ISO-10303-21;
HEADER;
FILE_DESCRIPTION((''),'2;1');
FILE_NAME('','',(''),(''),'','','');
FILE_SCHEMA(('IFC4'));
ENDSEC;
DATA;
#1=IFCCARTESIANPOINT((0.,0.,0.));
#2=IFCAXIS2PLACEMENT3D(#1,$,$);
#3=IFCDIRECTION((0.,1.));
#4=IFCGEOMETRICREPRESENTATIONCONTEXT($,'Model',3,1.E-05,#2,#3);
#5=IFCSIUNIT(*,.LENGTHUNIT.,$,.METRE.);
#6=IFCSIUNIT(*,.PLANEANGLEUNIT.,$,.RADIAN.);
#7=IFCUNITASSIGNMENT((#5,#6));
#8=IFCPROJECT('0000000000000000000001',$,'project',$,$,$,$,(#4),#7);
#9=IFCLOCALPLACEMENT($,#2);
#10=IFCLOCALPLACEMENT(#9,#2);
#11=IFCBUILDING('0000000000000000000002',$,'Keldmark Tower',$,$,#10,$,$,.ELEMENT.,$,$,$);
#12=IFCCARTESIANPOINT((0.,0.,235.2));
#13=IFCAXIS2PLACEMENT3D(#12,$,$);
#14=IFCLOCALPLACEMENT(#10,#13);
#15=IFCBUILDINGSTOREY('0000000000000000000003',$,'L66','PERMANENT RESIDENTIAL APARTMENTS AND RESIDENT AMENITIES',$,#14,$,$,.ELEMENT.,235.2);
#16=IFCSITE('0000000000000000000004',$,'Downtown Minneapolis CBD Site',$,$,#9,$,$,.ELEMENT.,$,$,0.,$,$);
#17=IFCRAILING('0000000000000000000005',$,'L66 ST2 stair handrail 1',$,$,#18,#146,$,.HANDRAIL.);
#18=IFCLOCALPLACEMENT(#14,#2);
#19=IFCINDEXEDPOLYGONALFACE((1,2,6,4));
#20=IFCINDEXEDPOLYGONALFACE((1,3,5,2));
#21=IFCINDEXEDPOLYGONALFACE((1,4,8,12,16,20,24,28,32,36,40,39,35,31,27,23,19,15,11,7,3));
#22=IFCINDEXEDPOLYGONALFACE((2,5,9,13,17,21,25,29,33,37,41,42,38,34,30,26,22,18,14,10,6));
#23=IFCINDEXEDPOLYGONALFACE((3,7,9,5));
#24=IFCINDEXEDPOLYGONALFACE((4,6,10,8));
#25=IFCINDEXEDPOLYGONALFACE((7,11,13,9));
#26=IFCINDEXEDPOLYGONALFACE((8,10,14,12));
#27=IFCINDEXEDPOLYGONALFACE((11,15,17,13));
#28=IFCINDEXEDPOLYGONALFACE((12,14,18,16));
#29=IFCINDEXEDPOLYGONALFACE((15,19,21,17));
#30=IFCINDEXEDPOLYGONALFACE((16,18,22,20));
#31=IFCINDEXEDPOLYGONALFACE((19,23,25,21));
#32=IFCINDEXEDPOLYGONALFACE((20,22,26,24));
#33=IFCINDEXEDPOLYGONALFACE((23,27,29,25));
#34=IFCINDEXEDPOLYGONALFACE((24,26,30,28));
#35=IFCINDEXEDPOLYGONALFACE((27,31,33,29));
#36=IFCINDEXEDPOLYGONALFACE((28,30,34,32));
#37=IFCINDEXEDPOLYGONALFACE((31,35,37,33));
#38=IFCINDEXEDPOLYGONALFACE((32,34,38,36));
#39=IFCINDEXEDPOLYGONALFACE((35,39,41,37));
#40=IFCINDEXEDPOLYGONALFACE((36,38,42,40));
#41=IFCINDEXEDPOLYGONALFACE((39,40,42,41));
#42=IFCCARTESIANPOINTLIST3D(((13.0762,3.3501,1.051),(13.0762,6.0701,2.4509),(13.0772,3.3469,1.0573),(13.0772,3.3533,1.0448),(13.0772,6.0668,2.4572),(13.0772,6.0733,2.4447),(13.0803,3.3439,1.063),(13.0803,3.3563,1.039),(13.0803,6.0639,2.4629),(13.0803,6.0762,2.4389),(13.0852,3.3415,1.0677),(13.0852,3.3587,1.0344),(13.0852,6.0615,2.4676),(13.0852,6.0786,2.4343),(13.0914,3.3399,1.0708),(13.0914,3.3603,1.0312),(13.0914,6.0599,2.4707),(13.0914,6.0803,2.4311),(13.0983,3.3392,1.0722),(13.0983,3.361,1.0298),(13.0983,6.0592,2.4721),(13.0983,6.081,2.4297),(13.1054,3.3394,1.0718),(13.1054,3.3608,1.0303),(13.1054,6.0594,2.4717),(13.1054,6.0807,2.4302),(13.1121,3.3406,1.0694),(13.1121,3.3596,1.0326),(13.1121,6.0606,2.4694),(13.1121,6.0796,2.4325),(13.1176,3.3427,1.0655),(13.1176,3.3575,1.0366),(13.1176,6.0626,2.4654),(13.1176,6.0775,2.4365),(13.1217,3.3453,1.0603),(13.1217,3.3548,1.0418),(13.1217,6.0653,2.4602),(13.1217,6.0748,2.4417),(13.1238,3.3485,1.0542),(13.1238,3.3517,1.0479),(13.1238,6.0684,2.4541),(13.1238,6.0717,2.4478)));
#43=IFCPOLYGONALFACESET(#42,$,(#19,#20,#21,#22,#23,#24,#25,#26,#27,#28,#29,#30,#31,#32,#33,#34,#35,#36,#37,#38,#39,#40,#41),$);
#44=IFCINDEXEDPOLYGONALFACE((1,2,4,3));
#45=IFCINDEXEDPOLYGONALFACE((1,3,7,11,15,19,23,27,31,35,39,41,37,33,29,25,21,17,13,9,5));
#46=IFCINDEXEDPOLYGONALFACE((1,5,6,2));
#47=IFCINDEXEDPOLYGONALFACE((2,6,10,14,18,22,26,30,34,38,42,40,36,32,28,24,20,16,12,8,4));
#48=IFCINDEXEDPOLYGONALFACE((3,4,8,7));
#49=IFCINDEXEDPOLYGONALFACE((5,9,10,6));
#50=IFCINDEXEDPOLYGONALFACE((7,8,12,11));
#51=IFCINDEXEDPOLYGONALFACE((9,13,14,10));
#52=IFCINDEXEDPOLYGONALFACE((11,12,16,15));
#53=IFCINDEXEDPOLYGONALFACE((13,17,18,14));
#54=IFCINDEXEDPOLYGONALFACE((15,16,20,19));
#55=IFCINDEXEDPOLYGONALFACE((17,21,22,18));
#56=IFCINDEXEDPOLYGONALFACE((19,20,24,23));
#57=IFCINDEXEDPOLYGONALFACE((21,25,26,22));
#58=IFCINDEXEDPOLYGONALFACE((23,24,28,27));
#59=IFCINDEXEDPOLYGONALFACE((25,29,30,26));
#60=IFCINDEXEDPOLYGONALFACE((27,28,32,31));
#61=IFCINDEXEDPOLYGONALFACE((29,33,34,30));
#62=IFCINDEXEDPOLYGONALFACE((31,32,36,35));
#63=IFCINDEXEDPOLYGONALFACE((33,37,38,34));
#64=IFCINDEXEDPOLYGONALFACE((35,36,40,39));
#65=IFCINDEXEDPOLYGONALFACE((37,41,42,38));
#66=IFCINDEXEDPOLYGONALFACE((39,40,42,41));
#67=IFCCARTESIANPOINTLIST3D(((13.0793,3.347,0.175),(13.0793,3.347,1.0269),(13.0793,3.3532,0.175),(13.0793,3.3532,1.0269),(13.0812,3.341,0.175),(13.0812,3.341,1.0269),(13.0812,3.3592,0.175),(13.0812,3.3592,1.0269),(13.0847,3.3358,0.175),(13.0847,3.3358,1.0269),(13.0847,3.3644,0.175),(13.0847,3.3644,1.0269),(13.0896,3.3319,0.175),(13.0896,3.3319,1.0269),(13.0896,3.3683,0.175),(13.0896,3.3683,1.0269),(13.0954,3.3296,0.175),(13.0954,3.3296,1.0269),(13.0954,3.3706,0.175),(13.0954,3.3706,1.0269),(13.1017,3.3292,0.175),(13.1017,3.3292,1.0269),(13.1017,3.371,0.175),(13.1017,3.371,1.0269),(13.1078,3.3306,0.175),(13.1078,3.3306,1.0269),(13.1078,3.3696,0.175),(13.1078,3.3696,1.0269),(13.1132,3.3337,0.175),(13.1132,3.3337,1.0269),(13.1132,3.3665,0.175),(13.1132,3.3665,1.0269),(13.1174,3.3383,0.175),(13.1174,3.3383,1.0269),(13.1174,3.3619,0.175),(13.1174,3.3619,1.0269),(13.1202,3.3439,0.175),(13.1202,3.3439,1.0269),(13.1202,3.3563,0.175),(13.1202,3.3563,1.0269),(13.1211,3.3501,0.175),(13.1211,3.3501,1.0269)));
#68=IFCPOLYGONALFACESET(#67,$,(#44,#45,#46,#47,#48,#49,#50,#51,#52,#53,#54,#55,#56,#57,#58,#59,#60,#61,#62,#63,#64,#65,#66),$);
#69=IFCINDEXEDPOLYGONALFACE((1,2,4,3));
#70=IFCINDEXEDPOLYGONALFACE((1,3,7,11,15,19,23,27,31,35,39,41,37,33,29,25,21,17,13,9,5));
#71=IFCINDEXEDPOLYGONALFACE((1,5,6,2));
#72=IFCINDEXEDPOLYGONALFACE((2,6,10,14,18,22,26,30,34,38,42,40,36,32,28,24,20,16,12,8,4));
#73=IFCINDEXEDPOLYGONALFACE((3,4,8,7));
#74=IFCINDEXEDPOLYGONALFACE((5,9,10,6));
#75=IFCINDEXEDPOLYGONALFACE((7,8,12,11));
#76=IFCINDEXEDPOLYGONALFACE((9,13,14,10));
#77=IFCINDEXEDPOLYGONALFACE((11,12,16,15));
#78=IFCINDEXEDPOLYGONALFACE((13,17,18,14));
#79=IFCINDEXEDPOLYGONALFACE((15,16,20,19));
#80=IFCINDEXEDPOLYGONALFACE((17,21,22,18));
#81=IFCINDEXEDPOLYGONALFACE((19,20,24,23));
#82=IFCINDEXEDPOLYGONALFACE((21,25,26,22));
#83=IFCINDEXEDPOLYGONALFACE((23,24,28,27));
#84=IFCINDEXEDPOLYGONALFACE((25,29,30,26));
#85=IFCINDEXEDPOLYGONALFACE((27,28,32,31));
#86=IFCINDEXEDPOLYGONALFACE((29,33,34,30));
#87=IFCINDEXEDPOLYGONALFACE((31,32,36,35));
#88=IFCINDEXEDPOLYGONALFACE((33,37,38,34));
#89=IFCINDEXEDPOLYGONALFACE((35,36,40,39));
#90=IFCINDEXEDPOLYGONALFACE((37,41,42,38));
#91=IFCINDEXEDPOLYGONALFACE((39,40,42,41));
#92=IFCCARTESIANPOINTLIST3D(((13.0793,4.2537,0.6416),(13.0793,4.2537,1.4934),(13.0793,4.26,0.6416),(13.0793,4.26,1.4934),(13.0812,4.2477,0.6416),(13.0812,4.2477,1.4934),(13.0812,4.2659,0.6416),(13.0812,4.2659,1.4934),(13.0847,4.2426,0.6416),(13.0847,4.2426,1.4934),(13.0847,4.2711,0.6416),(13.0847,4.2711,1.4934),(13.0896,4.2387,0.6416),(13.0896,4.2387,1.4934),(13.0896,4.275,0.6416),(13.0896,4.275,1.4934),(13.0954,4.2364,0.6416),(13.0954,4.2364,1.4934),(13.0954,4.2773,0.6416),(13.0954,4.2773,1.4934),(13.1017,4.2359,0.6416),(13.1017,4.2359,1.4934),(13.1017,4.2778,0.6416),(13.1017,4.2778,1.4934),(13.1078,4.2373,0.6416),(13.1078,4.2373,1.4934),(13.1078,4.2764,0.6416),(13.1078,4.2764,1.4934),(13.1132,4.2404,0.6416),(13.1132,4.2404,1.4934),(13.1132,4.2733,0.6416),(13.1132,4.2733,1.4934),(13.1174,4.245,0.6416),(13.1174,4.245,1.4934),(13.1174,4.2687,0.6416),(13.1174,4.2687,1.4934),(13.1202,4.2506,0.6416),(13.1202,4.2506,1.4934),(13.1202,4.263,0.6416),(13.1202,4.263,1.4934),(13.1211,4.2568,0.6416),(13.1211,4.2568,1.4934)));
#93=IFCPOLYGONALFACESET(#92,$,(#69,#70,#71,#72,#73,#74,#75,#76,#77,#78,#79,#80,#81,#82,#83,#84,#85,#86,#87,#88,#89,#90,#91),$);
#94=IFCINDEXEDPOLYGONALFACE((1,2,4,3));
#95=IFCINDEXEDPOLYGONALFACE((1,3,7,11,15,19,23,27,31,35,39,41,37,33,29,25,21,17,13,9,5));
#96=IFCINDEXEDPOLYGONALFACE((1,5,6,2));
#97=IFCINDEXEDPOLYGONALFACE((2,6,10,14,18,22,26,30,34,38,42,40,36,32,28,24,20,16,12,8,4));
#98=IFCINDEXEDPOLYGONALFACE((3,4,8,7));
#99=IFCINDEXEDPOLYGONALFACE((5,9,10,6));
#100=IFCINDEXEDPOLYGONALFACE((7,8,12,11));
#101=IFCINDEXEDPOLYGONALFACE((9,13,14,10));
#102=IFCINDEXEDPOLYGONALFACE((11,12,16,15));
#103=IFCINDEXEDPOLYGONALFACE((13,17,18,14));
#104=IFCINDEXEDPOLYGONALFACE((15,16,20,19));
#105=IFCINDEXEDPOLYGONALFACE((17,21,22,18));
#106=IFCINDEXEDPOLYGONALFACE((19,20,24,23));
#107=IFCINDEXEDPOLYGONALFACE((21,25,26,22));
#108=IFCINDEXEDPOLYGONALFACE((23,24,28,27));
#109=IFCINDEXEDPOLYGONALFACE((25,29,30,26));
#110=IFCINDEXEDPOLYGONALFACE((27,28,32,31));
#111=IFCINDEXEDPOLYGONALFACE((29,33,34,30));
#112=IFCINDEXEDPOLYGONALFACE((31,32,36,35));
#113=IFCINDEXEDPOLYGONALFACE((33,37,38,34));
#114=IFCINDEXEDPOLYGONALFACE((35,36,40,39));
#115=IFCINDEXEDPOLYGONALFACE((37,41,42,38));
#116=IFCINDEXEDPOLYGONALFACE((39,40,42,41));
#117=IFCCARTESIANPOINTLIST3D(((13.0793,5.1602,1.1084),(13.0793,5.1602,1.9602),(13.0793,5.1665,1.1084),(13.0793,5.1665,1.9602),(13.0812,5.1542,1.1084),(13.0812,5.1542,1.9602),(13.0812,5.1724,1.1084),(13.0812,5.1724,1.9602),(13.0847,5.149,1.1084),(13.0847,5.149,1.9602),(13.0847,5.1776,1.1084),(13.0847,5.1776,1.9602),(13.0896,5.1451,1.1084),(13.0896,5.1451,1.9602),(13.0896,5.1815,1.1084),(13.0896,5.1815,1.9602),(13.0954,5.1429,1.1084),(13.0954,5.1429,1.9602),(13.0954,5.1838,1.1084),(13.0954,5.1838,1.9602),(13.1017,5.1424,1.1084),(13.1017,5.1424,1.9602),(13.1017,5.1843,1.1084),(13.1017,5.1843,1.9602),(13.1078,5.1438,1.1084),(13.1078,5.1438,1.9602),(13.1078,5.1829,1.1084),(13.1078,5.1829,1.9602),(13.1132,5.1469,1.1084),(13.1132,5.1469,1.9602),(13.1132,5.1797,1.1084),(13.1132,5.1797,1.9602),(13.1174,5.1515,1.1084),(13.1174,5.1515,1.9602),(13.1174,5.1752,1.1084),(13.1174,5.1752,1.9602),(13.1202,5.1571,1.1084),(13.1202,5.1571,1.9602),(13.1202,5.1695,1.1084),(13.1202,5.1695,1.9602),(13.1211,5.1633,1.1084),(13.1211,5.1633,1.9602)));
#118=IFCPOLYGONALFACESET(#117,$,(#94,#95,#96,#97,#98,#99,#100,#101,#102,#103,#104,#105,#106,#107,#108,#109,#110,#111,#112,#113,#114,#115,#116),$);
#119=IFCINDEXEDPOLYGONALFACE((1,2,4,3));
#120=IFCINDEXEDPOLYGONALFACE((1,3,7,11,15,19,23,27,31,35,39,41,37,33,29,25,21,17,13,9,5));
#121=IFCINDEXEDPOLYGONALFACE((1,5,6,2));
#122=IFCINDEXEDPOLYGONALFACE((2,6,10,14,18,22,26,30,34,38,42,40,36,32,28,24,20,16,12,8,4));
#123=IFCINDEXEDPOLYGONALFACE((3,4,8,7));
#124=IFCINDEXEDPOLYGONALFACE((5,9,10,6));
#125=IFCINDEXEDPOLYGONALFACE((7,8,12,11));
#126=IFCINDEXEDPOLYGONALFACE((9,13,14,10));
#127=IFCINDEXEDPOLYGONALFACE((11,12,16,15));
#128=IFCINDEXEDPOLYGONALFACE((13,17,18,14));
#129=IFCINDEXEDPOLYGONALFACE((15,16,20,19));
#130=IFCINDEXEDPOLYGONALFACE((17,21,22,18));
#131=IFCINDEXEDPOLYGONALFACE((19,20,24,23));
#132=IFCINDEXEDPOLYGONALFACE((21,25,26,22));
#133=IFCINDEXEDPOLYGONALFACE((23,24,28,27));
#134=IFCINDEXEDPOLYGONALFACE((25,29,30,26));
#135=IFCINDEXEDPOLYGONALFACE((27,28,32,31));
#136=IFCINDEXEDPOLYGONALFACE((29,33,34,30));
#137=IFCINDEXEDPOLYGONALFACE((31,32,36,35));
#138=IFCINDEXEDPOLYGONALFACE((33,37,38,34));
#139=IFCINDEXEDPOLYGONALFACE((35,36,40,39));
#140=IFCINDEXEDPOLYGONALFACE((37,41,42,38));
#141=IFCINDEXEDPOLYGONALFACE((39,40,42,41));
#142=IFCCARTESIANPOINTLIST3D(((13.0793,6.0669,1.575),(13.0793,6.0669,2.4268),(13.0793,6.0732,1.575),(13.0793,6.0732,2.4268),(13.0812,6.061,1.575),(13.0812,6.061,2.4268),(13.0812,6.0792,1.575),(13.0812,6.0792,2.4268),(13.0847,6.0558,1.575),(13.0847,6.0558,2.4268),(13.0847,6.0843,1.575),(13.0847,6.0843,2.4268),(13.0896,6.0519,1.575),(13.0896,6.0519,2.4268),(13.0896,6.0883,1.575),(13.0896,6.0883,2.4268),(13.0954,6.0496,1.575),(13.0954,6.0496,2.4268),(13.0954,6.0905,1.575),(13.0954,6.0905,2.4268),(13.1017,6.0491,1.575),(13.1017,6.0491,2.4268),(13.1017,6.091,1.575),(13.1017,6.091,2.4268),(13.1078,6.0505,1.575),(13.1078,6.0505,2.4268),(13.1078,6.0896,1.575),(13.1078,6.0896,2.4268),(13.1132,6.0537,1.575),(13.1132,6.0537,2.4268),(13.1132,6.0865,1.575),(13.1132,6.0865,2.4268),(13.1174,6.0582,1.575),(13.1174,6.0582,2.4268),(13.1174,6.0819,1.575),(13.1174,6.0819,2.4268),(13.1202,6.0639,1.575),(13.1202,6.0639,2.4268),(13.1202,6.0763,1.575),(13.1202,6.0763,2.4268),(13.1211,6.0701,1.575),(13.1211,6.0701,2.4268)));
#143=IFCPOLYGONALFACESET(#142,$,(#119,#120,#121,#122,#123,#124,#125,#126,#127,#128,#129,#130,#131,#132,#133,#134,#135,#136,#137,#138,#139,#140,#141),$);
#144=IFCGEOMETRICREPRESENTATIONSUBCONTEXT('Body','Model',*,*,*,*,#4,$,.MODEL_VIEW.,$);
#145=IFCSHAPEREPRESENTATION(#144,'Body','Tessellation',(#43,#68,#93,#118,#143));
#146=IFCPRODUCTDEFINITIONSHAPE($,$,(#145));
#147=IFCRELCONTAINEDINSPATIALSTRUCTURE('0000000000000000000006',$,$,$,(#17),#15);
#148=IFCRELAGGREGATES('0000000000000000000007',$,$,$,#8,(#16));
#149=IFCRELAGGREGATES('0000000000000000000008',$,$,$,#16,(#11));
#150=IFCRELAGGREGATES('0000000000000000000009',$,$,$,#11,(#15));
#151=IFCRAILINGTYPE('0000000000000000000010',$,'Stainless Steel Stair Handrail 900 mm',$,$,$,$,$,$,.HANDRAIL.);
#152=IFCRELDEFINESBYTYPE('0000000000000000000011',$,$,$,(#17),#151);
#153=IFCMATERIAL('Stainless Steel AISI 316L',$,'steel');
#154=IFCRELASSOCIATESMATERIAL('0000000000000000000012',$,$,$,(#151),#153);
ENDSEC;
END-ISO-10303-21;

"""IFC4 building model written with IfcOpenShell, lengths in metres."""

from ifc_helpers import new_model, si_unit, direction, frame, origin, origin_2d, place, context, subcontext, project, spatial, circle, extrude, material, type_object, element, save


model = new_model("IFC4")

# Units and contexts
model_context = context("Model", 3, precision=1e-05, world=origin(), true_north=direction((0.0, 1.0)))
body_context = subcontext(model_context, "Body", "Model", "MODEL_VIEW")
ifc_project = project(units=[si_unit("LENGTHUNIT", "METRE"), si_unit("PLANEANGLEUNIT", "RADIAN")], contexts=[model_context])

# Site, building, storey
site_placement = place(None, origin())
site = spatial("IfcSite", under=ifc_project, at=site_placement, Name="Downtown Minneapolis CBD Site", CompositionType="ELEMENT", RefElevation=0.0)
building_placement = place(site_placement, origin())
building = spatial("IfcBuilding", under=site, at=building_placement, Name="Keldmark Tower", CompositionType="ELEMENT")
storey_placement = place(building_placement, frame((0.0, 0.0, 235.2)))
storey = spatial("IfcBuildingStorey", under=building, at=storey_placement, Name="L66", Description="PERMANENT RESIDENTIAL APARTMENTS AND RESIDENT AMENITIES", CompositionType="ELEMENT", Elevation=235.2)

# Railing
ifc_material_1 = material(Name="Stainless Steel AISI 316L", Category="steel")
railing_type_1 = type_object("IfcRailingType", Name="Stainless Steel Stair Handrail 900 mm", PredefinedType="HANDRAIL", material=ifc_material_1)
railing_1_placement = place(storey_placement, frame((13.1001, 3.3501, 0.175)))
element("IfcRailing", 1, at=railing_1_placement, inside=storey, type_object=railing_type_1, Name="L66 ST2 stair handrail 1", PredefinedType="HANDRAIL", context=body_context, shape_type="SweptSolid", body=[
    extrude(circle(Radius=0.0239, at=origin_2d()), frame((0.0, 0.0, 0.876), z_axis=(0.0, 0.889147, 0.457622), x_axis=(-1.0, 0.0, 0.0)), (0.0, 0.0, 1.0), 3.0591),
    extrude(circle(Radius=0.021, at=origin_2d()), origin(), (0.0, 0.0, 1.0), 0.8518),
    extrude(circle(Radius=0.021, at=origin_2d()), frame((0.0, 0.9067, 0.4666)), (0.0, 0.0, 1.0), 0.8518),
    extrude(circle(Radius=0.021, at=origin_2d()), frame((0.0, 1.8132, 0.9333)), (0.0, 0.0, 1.0), 0.8518),
    extrude(circle(Radius=0.021, at=origin_2d()), frame((0.0, 2.72, 1.3999)), (0.0, 0.0, 1.0), 0.8518),
])

save(model, "model.ifc")
